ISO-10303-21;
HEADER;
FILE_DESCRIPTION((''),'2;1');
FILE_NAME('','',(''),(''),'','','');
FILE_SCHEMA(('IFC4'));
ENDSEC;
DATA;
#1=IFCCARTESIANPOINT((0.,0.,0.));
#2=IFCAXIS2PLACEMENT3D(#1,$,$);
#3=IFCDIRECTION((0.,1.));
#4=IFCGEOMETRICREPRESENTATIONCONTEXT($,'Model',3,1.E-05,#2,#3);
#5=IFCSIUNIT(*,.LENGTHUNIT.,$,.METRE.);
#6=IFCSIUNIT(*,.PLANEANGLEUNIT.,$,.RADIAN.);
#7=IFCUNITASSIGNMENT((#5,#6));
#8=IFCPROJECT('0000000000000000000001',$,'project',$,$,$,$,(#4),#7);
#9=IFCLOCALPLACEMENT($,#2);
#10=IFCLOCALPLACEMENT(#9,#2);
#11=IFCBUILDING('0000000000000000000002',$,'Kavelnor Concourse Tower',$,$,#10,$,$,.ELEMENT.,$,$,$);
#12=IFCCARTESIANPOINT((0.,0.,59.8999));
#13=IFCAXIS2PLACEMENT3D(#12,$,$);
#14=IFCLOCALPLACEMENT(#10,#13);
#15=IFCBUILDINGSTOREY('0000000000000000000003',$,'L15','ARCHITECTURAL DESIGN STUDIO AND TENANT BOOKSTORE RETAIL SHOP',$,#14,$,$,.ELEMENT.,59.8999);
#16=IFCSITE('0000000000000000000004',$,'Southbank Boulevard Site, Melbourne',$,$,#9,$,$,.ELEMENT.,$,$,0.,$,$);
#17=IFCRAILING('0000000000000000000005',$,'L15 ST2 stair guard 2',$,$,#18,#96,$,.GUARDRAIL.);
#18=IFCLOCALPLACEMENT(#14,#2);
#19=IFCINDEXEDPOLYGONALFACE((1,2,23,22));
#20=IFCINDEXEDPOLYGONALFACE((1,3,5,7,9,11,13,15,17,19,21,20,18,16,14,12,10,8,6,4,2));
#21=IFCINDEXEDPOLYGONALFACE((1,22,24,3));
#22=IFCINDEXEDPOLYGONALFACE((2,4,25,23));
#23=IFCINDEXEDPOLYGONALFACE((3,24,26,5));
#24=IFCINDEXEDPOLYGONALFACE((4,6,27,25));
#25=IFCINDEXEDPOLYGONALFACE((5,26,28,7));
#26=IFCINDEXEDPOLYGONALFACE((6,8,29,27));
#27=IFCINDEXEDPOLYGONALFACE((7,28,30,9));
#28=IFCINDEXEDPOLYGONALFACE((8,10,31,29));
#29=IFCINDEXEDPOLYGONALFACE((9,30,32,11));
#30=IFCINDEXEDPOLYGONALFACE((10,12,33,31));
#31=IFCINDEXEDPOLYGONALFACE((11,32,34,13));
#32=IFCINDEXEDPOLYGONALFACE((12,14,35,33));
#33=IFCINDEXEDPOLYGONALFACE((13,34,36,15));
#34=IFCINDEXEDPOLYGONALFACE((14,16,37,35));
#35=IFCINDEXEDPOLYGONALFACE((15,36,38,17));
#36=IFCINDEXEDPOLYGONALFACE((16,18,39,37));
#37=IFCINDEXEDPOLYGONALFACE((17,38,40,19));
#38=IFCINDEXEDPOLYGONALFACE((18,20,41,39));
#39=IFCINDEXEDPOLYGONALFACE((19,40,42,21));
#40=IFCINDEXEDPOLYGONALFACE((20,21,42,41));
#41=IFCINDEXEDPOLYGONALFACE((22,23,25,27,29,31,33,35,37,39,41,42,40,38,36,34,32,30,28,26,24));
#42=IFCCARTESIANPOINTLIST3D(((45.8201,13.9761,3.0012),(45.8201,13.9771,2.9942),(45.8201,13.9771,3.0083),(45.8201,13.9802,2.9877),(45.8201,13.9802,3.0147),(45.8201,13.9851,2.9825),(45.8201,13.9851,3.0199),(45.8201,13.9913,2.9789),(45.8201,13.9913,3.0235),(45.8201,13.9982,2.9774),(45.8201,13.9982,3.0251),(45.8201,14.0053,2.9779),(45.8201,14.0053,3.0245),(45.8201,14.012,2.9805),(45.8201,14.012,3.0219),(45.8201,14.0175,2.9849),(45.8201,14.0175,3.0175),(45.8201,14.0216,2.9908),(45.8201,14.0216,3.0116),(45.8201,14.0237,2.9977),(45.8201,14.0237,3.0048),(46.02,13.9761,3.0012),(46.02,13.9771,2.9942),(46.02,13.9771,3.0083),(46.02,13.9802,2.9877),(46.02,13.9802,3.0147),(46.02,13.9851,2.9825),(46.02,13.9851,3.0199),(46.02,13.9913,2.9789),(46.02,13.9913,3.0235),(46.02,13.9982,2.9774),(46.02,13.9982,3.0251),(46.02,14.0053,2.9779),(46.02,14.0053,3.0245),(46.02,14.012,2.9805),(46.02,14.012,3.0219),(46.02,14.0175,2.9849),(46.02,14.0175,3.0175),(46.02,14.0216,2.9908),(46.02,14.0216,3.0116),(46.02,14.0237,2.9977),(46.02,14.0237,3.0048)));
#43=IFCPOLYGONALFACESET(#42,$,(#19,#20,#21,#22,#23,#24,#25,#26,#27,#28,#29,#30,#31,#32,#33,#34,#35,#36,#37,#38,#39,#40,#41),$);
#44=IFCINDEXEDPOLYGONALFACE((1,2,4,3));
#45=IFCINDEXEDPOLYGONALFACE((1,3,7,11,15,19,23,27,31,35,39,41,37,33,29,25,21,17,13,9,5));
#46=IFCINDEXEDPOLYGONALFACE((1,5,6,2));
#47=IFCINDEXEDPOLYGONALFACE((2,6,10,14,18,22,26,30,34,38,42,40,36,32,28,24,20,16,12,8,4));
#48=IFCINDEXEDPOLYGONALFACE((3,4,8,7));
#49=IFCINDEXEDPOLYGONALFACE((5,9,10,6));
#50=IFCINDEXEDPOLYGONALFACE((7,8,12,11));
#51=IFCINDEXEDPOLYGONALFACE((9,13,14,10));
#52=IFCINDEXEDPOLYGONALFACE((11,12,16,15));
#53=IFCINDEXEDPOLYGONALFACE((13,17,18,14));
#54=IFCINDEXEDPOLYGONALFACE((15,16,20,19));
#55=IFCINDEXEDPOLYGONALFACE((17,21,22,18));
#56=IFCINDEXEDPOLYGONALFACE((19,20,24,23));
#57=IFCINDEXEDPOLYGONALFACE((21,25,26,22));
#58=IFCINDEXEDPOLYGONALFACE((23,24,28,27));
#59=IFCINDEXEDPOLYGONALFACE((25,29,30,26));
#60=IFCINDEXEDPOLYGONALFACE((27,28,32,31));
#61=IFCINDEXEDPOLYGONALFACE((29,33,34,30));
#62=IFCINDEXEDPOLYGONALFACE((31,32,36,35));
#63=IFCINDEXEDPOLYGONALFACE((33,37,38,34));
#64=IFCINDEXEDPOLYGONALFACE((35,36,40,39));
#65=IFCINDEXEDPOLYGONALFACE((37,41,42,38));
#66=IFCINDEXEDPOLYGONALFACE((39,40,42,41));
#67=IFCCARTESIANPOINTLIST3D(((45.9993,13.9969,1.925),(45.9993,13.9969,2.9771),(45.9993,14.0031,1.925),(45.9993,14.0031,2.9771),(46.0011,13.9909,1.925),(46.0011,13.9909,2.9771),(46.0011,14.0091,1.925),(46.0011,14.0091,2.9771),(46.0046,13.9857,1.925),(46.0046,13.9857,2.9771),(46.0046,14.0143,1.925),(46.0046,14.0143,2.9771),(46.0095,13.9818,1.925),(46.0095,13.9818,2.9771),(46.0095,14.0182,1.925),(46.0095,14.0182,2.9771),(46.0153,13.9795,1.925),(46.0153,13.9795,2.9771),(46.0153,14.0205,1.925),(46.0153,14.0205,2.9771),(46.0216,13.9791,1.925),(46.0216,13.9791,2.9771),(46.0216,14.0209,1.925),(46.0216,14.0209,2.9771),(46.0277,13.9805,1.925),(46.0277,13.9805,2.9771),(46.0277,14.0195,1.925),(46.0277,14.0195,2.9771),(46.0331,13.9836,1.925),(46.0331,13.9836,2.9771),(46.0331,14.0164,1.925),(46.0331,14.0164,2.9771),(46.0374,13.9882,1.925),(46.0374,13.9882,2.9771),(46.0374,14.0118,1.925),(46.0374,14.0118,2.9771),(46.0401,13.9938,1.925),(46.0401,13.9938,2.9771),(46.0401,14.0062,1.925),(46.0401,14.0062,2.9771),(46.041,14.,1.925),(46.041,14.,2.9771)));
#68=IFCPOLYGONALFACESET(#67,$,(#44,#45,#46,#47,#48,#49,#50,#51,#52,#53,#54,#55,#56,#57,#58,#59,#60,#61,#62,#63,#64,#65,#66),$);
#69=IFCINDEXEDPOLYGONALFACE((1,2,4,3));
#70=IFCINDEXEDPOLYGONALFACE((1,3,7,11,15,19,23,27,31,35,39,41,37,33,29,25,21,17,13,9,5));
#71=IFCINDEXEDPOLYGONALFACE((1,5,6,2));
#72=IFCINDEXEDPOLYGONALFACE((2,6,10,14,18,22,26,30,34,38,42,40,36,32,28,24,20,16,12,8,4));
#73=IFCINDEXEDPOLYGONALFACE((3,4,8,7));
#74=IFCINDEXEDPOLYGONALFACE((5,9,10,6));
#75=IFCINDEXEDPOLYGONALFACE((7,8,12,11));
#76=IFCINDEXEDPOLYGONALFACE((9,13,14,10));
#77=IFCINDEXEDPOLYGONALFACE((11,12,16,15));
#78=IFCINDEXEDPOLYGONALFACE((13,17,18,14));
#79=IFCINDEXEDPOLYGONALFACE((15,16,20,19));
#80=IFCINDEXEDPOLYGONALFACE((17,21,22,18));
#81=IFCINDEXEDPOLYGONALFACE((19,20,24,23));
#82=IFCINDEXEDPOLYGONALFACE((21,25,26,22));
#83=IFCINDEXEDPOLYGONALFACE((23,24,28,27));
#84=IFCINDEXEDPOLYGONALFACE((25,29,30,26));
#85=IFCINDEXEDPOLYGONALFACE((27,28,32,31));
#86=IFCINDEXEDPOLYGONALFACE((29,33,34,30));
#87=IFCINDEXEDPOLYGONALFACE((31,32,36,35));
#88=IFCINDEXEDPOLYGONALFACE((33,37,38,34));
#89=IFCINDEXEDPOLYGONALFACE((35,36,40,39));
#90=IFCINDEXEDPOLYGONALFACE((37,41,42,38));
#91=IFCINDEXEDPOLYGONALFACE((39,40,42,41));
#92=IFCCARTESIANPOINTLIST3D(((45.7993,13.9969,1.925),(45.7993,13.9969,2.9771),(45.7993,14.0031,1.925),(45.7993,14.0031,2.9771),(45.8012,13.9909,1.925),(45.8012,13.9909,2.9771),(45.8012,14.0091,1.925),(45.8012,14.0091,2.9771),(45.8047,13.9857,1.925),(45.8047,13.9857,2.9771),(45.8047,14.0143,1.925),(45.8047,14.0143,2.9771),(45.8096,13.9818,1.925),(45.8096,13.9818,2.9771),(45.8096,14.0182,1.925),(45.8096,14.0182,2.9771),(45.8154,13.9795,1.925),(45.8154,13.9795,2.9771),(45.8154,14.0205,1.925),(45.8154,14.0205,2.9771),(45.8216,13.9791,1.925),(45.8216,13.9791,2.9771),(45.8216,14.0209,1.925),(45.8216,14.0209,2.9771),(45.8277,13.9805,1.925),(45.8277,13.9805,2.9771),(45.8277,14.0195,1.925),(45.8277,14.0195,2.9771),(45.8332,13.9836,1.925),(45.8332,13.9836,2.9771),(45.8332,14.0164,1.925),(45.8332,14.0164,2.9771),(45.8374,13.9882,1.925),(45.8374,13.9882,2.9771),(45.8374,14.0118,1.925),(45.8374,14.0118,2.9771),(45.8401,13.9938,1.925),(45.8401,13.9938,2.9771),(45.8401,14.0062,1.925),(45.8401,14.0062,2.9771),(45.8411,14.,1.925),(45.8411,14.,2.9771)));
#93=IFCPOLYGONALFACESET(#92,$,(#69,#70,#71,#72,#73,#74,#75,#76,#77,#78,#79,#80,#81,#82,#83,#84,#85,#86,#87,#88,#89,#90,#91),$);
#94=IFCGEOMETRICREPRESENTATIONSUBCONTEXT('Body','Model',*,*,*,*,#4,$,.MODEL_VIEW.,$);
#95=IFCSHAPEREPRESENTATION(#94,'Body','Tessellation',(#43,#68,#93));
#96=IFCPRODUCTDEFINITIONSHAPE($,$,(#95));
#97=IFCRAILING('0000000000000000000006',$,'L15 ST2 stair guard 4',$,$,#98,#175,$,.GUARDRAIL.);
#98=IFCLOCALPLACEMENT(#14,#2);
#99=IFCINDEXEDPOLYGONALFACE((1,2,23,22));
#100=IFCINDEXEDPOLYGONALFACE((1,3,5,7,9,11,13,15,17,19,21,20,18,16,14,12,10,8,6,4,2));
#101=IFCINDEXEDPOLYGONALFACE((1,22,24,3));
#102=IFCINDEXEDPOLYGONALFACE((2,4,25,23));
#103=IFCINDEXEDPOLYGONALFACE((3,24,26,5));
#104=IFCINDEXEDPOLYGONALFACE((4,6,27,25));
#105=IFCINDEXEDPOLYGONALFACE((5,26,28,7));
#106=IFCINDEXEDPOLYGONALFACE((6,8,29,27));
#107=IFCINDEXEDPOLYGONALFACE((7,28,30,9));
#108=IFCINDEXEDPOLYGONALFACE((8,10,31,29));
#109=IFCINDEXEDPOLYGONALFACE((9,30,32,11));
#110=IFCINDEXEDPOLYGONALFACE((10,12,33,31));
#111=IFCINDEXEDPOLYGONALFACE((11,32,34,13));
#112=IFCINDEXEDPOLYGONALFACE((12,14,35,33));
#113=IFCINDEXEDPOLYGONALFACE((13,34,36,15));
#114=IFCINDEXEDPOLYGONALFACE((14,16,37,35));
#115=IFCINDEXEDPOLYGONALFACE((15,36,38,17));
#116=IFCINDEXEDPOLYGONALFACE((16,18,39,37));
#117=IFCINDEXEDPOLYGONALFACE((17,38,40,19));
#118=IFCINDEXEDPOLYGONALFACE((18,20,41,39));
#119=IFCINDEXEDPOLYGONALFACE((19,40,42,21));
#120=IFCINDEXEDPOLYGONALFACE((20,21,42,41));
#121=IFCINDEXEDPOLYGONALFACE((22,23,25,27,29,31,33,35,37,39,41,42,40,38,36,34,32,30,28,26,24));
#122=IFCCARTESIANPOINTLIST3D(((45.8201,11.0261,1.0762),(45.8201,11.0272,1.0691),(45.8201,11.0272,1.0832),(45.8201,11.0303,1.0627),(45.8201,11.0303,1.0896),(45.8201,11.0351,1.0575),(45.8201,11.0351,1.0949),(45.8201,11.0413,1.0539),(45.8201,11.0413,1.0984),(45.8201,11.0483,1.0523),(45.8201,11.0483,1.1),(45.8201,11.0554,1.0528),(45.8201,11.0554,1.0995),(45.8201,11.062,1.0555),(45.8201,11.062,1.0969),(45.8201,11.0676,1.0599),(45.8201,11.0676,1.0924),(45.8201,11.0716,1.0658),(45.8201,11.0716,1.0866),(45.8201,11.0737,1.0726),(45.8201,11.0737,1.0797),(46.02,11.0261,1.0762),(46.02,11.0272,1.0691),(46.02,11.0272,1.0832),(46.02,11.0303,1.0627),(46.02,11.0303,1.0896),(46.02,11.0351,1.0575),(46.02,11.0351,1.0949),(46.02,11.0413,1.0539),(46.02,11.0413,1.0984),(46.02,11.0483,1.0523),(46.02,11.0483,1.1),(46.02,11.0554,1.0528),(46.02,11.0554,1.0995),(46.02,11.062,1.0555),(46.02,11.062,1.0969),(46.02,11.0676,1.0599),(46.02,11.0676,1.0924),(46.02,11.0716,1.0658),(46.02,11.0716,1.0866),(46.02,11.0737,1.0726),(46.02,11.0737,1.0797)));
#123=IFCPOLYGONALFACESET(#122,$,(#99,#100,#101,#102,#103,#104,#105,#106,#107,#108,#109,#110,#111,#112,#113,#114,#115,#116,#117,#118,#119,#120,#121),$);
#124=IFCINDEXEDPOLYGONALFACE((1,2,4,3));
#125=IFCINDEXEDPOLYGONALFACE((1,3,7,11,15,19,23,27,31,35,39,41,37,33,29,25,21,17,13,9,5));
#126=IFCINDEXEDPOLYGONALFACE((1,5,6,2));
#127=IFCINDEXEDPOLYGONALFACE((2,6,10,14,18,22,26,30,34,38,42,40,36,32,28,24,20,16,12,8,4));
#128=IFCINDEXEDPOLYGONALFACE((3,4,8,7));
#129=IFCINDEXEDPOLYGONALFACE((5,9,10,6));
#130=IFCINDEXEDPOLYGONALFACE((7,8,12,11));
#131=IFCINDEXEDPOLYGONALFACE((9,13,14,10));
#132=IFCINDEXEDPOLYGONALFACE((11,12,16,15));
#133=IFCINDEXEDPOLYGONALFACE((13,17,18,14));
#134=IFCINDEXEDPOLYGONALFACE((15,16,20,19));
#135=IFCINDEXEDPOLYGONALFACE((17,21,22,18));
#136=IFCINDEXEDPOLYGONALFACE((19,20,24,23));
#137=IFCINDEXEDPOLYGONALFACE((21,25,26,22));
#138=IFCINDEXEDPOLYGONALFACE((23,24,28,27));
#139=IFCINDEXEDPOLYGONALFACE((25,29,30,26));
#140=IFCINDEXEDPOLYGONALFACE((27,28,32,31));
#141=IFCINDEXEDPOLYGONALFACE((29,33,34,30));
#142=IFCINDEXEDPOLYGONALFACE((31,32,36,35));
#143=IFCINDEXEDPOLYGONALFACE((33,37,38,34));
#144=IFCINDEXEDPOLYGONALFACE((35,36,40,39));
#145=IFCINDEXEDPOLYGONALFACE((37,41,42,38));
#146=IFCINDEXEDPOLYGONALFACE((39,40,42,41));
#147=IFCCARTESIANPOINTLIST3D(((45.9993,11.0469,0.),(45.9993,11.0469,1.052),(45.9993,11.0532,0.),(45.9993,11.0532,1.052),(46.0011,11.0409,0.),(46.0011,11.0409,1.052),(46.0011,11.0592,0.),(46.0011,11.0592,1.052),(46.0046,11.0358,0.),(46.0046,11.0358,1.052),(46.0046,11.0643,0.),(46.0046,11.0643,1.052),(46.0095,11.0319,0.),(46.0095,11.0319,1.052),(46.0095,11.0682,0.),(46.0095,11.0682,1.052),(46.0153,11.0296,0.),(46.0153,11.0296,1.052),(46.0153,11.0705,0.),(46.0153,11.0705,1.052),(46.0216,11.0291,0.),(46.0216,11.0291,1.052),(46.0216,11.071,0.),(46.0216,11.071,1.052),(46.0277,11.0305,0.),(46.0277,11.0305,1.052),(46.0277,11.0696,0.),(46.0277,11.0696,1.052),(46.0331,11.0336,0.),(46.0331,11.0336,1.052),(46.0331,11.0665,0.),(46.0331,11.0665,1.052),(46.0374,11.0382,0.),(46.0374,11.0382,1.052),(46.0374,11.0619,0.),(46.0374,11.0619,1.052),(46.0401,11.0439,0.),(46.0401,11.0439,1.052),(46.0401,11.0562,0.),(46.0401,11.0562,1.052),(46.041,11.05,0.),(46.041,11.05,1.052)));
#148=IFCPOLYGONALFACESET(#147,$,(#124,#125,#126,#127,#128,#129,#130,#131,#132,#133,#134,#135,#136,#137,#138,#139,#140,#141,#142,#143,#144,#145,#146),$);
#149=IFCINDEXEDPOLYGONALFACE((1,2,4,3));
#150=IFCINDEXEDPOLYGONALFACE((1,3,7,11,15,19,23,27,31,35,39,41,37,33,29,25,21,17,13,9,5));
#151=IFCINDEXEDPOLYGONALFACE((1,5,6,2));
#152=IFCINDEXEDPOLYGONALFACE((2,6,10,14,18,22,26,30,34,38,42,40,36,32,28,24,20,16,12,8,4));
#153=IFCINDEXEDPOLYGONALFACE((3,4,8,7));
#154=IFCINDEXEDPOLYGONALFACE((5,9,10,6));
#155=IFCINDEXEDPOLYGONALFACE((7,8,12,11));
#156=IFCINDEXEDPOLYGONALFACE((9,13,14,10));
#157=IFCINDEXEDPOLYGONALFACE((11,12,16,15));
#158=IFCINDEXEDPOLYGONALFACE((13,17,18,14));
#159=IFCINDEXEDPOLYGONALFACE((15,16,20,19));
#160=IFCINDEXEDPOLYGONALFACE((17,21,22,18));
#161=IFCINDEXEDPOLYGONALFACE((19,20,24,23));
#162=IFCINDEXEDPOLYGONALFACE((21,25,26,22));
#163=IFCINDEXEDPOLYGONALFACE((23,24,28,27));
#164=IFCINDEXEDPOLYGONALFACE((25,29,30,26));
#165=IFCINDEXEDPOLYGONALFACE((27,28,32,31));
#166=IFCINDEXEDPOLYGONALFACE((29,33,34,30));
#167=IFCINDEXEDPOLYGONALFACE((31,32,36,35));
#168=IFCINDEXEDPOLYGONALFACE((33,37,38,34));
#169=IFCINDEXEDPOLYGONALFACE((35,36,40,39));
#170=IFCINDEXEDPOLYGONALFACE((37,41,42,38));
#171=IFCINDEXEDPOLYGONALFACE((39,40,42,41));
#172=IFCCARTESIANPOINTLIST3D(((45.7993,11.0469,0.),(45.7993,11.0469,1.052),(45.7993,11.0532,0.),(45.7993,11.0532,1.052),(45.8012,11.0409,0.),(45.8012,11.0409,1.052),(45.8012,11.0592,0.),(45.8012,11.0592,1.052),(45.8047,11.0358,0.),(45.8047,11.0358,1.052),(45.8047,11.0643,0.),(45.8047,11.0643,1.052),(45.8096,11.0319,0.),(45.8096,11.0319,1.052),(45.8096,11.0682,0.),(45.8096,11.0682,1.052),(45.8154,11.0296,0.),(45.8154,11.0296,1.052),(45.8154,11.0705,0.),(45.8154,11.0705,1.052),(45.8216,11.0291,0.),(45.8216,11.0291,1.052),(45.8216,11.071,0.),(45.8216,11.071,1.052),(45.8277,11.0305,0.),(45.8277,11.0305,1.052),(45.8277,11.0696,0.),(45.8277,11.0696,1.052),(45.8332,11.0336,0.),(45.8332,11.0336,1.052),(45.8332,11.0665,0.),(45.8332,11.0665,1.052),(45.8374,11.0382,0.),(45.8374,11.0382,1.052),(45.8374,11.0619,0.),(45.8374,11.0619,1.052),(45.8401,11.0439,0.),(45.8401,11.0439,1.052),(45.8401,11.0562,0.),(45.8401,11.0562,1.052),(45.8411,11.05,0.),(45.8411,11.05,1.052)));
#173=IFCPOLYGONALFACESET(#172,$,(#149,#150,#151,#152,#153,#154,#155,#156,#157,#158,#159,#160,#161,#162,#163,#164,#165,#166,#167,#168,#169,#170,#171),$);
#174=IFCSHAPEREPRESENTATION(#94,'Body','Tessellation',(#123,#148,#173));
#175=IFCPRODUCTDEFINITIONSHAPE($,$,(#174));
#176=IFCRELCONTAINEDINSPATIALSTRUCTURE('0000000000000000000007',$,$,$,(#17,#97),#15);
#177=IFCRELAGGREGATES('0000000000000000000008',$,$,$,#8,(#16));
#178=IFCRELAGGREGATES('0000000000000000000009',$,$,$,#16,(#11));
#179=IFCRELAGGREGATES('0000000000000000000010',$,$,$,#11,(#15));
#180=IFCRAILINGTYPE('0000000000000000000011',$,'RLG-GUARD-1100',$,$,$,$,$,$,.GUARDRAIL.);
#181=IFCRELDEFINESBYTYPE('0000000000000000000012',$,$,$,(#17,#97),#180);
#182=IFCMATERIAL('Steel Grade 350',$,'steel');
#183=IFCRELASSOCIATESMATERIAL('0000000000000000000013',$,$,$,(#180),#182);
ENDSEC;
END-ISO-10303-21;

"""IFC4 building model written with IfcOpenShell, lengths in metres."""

from ifc_helpers import new_model, si_unit, direction, frame, origin, origin_2d, place, context, subcontext, project, spatial, circle, extrude, material, type_object, element, save


model = new_model("IFC4")

# Units and contexts
model_context = context("Model", 3, precision=1e-05, world=origin(), true_north=direction((0.0, 1.0)))
body_context = subcontext(model_context, "Body", "Model", "MODEL_VIEW")
ifc_project = project(units=[si_unit("LENGTHUNIT", "METRE"), si_unit("PLANEANGLEUNIT", "RADIAN")], contexts=[model_context])

# Site, building, storey
site_placement = place(None, origin())
site = spatial("IfcSite", under=ifc_project, at=site_placement, Name="Southbank Boulevard Site, Melbourne", CompositionType="ELEMENT", RefElevation=0.0)
building_placement = place(site_placement, origin())
building = spatial("IfcBuilding", under=site, at=building_placement, Name="Kavelnor Concourse Tower", CompositionType="ELEMENT")
storey_placement = place(building_placement, frame((0.0, 0.0, 59.8999)))
storey = spatial("IfcBuildingStorey", under=building, at=storey_placement, Name="L15", Description="ARCHITECTURAL DESIGN STUDIO AND TENANT BOOKSTORE RETAIL SHOP", CompositionType="ELEMENT", Elevation=59.8999)

# Shared definitions
ifc_material_1 = material(Name="Steel Grade 350", Category="steel")

# Railings
railing_type_1 = type_object("IfcRailingType", Name="RLG-GUARD-1100", PredefinedType="GUARDRAIL", material=ifc_material_1)
for number, where, name in (
    (1, (46.02, 14.0, 1.925), "L15 ST2 stair guard 2"),
    (2, (46.02, 11.05, 0.0), "L15 ST2 stair guard 4"),
):
    element("IfcRailing", number, at=place(storey_placement, frame(where)), inside=storey, type_object=railing_type_1, Name=name, PredefinedType="GUARDRAIL", context=body_context, shape_type="SweptSolid", body=[
        extrude(circle(Radius=0.0239, at=origin_2d()), frame((0.0, 0.0, 1.0762), z_axis=(-1.0, 0.0, 0.0), x_axis=(0.0, -1.0, 0.0)), (0.0, 0.0, 1.0), 0.2),
        extrude(circle(Radius=0.021, at=origin_2d()), origin(), (0.0, 0.0, 1.0), 1.052),
        extrude(circle(Radius=0.021, at=origin_2d()), frame((-0.2, 0.0, 0.0)), (0.0, 0.0, 1.0), 1.052),
    ])

save(model, "model.ifc")
